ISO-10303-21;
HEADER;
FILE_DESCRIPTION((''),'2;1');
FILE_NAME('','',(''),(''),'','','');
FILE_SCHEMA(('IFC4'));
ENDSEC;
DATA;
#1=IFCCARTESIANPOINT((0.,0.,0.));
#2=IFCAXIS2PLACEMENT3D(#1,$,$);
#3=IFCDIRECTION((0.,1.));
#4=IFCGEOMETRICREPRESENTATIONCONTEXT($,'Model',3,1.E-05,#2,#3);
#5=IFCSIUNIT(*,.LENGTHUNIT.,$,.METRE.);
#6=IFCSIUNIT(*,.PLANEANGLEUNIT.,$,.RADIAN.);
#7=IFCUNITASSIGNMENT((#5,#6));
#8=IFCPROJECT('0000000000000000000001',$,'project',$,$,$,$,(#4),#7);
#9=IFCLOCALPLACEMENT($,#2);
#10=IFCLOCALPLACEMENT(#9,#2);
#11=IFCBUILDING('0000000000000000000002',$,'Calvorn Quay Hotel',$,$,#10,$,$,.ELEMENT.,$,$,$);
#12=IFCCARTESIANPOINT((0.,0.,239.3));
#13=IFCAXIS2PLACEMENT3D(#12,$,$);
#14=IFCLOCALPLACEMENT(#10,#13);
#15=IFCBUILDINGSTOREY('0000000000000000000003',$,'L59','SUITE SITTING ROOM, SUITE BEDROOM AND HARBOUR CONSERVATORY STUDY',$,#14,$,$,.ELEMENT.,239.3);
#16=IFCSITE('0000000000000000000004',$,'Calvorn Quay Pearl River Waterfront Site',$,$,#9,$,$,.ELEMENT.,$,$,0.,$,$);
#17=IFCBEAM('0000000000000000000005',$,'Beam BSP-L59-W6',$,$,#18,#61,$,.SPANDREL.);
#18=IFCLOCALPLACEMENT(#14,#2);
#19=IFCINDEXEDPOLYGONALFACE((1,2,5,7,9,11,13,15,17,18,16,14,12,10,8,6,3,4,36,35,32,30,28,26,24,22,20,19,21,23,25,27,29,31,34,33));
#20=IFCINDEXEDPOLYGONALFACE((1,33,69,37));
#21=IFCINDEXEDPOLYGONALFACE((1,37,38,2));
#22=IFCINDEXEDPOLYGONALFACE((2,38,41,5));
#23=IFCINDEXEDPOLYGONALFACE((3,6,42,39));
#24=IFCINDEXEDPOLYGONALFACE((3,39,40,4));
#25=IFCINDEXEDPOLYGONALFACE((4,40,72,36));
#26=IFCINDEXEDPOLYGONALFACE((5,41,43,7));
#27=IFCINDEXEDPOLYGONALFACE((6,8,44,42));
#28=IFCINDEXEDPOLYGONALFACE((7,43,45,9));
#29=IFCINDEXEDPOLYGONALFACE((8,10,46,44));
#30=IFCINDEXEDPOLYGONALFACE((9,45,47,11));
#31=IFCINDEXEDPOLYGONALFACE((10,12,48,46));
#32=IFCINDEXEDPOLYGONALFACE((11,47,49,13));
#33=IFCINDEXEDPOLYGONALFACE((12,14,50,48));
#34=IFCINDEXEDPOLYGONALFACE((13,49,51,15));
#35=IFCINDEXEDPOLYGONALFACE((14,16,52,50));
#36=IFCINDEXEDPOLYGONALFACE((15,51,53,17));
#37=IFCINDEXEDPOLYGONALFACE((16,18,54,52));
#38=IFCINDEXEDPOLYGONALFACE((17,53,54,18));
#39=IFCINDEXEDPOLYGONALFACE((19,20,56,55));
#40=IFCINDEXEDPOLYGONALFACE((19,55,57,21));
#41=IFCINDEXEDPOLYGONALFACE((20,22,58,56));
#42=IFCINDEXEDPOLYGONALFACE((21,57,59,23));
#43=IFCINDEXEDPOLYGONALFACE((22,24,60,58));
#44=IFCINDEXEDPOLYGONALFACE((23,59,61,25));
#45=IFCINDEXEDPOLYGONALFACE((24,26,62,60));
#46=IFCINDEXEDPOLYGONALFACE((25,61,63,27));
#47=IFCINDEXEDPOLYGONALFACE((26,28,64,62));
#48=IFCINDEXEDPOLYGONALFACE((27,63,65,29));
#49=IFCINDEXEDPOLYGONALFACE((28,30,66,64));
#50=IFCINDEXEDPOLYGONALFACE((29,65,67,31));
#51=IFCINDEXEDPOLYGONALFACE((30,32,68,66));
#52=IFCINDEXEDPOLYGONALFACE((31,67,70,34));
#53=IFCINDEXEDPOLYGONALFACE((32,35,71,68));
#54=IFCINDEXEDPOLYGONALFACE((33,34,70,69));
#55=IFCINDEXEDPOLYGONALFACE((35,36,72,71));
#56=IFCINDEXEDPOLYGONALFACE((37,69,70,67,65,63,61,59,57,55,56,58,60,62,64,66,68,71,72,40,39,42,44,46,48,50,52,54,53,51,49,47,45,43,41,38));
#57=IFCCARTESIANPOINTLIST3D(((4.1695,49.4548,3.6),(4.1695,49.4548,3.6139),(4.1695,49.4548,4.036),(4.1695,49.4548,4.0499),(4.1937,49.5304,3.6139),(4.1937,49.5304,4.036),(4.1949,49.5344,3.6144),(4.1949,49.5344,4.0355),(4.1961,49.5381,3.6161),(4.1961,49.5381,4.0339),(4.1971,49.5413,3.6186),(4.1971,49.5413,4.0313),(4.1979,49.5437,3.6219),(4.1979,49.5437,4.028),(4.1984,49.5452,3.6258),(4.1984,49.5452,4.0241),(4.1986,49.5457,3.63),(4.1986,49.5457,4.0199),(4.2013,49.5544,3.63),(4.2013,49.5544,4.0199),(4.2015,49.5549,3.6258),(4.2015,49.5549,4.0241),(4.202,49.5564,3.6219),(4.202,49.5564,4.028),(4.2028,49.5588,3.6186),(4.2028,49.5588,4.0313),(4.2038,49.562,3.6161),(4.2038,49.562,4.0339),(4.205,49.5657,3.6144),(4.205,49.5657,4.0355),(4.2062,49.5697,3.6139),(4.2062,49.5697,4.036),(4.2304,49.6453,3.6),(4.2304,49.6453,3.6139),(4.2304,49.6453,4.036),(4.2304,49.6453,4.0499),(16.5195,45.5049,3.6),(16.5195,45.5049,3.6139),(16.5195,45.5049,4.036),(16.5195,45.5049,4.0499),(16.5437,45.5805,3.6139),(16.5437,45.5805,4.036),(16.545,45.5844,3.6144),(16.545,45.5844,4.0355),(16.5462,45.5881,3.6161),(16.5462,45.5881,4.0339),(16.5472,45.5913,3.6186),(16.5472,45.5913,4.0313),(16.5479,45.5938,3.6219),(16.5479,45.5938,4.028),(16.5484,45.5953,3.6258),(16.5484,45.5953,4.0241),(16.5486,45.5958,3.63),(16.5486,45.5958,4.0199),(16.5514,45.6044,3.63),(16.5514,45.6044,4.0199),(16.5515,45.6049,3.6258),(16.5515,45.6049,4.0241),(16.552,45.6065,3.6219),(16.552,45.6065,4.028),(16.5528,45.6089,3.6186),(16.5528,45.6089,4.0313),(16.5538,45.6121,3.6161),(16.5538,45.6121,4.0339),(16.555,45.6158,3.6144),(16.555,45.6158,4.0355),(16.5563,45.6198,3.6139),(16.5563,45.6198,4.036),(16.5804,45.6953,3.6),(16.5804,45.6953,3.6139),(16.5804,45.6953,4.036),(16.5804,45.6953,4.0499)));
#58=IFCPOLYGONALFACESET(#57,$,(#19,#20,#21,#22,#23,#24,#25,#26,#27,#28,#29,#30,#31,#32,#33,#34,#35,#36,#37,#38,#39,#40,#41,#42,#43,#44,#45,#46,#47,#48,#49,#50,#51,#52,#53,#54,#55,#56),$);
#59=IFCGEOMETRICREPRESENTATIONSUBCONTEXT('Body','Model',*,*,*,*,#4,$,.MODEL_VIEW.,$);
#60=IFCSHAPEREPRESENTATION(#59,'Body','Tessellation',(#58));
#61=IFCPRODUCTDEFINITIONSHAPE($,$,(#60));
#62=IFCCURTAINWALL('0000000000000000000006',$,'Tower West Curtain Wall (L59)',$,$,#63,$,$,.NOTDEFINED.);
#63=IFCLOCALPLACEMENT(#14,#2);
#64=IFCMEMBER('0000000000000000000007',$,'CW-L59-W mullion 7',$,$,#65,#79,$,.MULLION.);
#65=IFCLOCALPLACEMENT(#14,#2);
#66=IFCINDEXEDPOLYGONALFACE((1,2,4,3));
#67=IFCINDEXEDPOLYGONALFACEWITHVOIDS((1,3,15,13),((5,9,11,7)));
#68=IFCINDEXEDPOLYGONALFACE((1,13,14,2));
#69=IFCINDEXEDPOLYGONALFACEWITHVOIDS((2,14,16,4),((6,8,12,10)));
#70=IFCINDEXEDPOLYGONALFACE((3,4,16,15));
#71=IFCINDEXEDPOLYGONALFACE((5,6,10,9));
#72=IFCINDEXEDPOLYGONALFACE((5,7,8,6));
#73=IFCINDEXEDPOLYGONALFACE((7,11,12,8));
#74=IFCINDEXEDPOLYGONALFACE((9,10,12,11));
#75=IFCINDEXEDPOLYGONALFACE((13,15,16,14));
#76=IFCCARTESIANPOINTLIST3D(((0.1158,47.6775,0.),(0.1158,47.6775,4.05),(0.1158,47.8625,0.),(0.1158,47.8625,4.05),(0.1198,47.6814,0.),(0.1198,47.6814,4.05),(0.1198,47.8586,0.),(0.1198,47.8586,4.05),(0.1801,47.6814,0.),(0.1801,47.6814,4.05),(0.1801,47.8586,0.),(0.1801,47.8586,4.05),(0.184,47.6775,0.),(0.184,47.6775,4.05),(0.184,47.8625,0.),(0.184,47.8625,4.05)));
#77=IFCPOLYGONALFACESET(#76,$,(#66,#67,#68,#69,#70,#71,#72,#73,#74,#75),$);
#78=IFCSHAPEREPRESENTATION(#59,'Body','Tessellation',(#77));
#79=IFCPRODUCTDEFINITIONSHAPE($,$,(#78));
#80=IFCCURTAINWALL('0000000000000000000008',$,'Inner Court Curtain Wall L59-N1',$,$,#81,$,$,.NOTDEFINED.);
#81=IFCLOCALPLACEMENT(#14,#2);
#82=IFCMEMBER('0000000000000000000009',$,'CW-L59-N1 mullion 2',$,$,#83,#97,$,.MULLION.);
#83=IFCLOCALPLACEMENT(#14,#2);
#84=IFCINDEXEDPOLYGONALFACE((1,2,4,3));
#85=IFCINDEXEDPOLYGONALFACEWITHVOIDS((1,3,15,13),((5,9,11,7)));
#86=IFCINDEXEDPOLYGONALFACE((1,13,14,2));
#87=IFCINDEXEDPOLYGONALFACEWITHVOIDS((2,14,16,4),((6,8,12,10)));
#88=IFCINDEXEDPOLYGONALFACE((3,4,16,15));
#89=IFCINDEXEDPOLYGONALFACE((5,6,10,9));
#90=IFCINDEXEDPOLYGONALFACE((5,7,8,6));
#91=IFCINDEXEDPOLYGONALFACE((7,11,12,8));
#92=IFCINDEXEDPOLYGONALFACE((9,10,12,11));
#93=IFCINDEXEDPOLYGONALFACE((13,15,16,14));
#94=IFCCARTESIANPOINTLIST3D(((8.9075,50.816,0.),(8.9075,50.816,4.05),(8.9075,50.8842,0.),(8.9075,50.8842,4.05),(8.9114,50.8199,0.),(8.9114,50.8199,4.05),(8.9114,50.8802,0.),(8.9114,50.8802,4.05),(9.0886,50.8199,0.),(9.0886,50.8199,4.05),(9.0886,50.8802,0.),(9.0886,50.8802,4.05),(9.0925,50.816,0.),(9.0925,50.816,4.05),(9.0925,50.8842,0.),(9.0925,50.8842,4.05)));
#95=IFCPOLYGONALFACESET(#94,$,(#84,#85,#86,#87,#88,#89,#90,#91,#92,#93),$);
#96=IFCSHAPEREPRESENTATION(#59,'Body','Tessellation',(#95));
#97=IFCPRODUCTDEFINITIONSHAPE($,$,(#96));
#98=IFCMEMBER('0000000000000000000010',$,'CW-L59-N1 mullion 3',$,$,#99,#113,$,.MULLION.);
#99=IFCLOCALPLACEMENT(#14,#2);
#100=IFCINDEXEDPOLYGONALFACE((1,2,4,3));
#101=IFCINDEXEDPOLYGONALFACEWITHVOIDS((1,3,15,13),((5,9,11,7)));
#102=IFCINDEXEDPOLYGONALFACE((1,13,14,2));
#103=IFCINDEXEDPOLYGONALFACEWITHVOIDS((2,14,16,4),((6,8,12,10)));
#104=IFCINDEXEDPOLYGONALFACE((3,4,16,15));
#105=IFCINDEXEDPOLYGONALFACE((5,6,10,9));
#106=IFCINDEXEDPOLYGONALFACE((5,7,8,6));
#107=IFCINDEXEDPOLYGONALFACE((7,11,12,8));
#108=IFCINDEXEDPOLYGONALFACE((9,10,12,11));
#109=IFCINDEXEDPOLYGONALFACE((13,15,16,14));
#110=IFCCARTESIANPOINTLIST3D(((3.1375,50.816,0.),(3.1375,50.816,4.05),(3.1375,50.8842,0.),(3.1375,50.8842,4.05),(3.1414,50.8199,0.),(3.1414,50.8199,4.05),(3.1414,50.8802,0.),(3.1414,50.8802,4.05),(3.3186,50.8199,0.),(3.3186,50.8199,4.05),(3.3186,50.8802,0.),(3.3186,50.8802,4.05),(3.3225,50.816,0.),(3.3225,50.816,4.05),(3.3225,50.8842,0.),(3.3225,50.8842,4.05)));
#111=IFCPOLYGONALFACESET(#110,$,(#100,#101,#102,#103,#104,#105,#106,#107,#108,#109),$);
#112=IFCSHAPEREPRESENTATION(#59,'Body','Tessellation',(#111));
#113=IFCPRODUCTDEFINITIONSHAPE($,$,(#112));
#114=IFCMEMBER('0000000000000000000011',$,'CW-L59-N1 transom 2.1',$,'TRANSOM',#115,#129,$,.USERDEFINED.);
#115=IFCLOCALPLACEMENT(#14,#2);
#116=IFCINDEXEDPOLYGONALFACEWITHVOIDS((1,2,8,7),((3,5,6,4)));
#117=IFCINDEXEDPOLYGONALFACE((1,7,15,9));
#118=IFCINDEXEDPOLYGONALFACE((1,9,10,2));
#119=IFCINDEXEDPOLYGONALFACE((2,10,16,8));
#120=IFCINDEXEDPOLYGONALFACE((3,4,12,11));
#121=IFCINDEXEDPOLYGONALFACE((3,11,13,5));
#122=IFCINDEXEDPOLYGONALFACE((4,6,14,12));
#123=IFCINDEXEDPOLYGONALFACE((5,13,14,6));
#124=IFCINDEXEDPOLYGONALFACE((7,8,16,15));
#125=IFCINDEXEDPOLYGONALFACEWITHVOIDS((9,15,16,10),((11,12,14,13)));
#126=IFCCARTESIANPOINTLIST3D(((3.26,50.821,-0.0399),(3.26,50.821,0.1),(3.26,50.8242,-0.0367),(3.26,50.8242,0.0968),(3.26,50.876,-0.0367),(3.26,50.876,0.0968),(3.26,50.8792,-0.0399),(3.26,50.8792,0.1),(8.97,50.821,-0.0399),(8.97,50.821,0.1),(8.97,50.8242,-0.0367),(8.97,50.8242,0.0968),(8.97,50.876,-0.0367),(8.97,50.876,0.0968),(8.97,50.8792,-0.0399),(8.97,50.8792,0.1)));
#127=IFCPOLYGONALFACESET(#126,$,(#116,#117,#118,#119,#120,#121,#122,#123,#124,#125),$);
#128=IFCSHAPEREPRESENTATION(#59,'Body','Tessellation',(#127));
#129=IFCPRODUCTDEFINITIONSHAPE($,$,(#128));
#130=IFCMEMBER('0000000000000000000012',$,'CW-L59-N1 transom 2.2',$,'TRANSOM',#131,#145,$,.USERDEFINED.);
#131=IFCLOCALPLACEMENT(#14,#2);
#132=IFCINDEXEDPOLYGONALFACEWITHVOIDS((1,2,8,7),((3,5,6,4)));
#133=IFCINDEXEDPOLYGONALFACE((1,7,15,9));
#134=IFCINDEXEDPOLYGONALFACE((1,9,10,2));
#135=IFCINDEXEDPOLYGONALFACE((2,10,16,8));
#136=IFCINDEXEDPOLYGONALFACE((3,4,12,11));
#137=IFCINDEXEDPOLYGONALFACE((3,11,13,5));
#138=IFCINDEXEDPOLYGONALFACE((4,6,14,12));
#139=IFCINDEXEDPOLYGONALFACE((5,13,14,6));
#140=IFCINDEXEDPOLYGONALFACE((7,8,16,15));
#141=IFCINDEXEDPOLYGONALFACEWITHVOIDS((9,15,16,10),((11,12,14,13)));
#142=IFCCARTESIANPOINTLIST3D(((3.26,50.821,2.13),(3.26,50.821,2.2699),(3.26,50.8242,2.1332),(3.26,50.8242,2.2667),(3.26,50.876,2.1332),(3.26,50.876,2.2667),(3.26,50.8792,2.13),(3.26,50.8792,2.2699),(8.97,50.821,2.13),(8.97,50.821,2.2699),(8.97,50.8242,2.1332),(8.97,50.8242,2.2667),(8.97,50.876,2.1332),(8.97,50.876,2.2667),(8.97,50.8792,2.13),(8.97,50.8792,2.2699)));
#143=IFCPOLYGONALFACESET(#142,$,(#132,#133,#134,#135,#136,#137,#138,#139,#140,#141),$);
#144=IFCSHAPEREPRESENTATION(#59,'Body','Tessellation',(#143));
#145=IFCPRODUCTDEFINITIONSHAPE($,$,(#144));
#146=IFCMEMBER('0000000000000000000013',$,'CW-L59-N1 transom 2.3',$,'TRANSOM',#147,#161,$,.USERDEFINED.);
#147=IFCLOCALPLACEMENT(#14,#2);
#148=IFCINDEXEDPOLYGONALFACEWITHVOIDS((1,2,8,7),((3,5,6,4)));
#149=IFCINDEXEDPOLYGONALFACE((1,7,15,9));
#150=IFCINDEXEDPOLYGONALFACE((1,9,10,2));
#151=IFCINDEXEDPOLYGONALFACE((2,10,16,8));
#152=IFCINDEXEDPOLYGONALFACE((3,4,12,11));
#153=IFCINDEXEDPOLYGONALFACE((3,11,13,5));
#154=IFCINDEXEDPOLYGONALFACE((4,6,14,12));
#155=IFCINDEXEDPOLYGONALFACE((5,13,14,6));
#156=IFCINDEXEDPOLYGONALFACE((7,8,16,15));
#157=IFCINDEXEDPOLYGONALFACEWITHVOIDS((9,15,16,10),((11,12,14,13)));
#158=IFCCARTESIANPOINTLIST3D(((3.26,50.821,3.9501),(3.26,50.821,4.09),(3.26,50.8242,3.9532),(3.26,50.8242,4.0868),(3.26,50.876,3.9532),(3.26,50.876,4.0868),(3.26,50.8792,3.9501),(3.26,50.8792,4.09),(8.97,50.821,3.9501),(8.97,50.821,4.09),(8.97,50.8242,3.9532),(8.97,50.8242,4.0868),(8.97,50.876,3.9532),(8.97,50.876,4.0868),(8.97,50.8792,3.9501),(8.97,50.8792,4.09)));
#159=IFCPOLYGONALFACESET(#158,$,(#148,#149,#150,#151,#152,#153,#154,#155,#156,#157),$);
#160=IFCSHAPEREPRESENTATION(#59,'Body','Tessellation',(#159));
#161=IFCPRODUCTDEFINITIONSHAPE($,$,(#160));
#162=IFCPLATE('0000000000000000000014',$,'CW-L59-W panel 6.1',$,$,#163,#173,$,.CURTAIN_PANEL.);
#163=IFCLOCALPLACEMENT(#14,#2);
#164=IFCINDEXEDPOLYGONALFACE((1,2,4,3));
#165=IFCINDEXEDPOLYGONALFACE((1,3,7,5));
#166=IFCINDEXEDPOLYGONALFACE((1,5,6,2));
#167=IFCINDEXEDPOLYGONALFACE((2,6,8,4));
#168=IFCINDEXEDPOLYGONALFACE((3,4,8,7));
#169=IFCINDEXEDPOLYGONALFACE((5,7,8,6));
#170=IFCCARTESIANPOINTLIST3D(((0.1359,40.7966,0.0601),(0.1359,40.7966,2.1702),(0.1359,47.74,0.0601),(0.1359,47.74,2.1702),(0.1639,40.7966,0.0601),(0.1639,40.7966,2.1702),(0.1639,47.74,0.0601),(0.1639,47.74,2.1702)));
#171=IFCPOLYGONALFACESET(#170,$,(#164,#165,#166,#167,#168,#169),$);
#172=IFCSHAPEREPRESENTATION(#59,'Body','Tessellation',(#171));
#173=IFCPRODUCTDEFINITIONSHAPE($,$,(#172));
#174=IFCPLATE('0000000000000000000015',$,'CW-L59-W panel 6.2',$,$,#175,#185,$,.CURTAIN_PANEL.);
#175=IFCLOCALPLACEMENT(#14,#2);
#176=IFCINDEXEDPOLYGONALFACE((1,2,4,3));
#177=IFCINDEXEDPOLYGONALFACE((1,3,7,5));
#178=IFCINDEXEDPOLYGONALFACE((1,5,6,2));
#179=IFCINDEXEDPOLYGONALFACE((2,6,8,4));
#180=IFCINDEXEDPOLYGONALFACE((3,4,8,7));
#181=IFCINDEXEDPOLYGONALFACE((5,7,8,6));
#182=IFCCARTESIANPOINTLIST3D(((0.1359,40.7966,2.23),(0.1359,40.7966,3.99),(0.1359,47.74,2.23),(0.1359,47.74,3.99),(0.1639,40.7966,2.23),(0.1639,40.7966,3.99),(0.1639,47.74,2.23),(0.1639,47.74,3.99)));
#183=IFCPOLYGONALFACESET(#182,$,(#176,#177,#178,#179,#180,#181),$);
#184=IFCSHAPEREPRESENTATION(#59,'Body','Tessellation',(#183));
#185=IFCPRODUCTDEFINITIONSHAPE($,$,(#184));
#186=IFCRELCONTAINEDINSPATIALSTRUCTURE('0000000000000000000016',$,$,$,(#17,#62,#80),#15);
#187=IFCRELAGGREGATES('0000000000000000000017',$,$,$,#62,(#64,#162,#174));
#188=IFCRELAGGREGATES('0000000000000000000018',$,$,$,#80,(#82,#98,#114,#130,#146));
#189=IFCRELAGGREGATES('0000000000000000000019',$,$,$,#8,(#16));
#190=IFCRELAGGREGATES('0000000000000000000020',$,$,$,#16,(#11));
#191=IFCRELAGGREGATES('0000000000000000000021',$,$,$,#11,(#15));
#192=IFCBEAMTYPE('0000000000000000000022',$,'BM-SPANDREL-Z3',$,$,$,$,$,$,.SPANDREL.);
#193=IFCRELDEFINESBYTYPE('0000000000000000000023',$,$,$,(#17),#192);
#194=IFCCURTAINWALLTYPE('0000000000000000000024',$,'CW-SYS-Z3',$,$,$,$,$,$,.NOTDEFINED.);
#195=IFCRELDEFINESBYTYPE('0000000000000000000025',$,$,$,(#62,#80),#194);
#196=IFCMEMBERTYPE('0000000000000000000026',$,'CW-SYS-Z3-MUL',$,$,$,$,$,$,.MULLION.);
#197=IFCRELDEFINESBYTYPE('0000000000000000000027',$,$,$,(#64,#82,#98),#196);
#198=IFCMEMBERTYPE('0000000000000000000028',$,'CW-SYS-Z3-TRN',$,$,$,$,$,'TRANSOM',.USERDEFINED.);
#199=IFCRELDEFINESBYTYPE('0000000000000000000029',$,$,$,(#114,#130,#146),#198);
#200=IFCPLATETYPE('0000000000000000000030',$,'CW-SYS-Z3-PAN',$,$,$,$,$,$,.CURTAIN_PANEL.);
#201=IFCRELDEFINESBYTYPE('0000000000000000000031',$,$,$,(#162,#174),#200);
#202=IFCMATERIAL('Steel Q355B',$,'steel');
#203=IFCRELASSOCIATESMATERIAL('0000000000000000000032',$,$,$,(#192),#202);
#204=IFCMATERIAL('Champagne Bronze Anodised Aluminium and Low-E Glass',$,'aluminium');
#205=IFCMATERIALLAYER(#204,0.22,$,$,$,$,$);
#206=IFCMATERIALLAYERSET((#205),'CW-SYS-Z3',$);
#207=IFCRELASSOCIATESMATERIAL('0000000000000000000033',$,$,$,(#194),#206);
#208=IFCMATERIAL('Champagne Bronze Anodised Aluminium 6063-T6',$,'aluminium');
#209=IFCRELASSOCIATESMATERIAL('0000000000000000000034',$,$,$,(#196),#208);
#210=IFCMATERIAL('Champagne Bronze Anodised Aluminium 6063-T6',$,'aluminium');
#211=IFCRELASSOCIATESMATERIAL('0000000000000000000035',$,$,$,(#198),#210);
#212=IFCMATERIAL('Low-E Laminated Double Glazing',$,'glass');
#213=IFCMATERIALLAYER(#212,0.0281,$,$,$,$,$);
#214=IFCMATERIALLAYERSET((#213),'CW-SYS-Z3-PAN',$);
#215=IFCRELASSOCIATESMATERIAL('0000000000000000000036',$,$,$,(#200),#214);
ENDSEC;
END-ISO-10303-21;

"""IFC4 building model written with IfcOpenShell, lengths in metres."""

from ifc_helpers import new_model, si_unit, direction, frame, origin, origin_2d, place, context, subcontext, project, spatial, rectangle, hollow_rectangle, i_section, extrude, material, layer, layer_set, material_profile, profile_set, type_object, element, aggregate, save


model = new_model("IFC4")

# Units and contexts
model_context = context("Model", 3, precision=1e-05, world=origin(), true_north=direction((0.0, 1.0)))
body_context = subcontext(model_context, "Body", "Model", "MODEL_VIEW")
ifc_project = project(units=[si_unit("LENGTHUNIT", "METRE"), si_unit("PLANEANGLEUNIT", "RADIAN")], contexts=[model_context])

# Site, building, storey
site_placement = place(None, origin())
site = spatial("IfcSite", under=ifc_project, at=site_placement, Name="Calvorn Quay Pearl River Waterfront Site", CompositionType="ELEMENT", RefElevation=0.0)
building_placement = place(site_placement, origin())
building = spatial("IfcBuilding", under=site, at=building_placement, Name="Calvorn Quay Hotel", CompositionType="ELEMENT")
storey_placement = place(building_placement, frame((0.0, 0.0, 239.3)))
storey = spatial("IfcBuildingStorey", under=building, at=storey_placement, Name="L59", Description="SUITE SITTING ROOM, SUITE BEDROOM AND HARBOUR CONSERVATORY STUDY", CompositionType="ELEMENT", Elevation=239.3)

# Beam
ifc_material_1 = material(Name="Steel Q355B", Category="steel")
ifc_material_profile_1 = material_profile(ifc_material_1, i_section(OverallWidth=0.2, OverallDepth=0.45, WebThickness=0.009, FlangeThickness=0.0139, FilletRadius=0.0161, at=origin_2d()), Name="HN450x200x9x14")
ifc_profile_set_1 = profile_set([ifc_material_profile_1], Name="Steel Q355B")
beam_type_1 = type_object("IfcBeamType", Name="BM-SPANDREL-Z3", PredefinedType="SPANDREL", material=ifc_profile_set_1)
beam_1_placement = place(storey_placement, frame((4.2, 49.55, 3.825), z_axis=(0.952471, -0.30463, 0.0), x_axis=(0.30463, 0.952471, 0.0)))
element("IfcBeam", 1, at=beam_1_placement, inside=storey, type_object=beam_type_1, Name="Beam BSP-L59-W6", PredefinedType="SPANDREL", context=body_context, shape_type="SweptSolid", body=[
    extrude(i_section(OverallWidth=0.2, OverallDepth=0.45, WebThickness=0.009, FlangeThickness=0.0139, FilletRadius=0.0161, at=origin_2d()), origin(), (0.0, 0.0, 1.0), 12.9663),
])

# Curtain wall, member
ifc_material_2 = material(Name="Champagne Bronze Anodised Aluminium and Low-E Glass", Category="aluminium")
ifc_layer_1 = layer(ifc_material_2, 0.22)
ifc_layer_set_1 = layer_set([ifc_layer_1], Name="CW-SYS-Z3")
curtain_wall_type = type_object("IfcCurtainWallType", Name="CW-SYS-Z3", PredefinedType="NOTDEFINED", material=ifc_layer_set_1)
curtain_wall_1_placement = place(storey_placement, origin())
curtain_wall_1 = element("IfcCurtainWall", 2, at=curtain_wall_1_placement, inside=storey, type_object=curtain_wall_type, Name="Tower West Curtain Wall (L59)", PredefinedType="NOTDEFINED")
ifc_material_3 = material(Name="Champagne Bronze Anodised Aluminium 6063-T6", Category="aluminium")
ifc_material_profile_2 = material_profile(ifc_material_3, hollow_rectangle(XDim=0.0681, YDim=0.1851, WallThickness=0.0039, at=origin_2d()), Name="ALU-M185x68x4")
ifc_profile_set_2 = profile_set([ifc_material_profile_2], Name="Champagne Bronze Anodised Aluminium 6063-T6")
member_type_1 = type_object("IfcMemberType", Name="CW-SYS-Z3-MUL", PredefinedType="MULLION", material=ifc_profile_set_2)
member_1_placement = place(storey_placement, frame((0.1499, 47.77, 0.0), z_axis=(0.0, 0.0, 1.0), x_axis=(-1.0, 0.0, 0.0)))
member_1 = element("IfcMember", 3, at=member_1_placement, type_object=member_type_1, Name="CW-L59-W mullion 7", PredefinedType="MULLION", context=body_context, shape_type="SweptSolid", body=[
    extrude(hollow_rectangle(XDim=0.0681, YDim=0.1851, WallThickness=0.0039, at=origin_2d()), origin(), (0.0, 0.0, 1.0), 4.05),
])

# Curtain wall, members
curtain_wall_2_placement = place(storey_placement, origin())
curtain_wall_2 = element("IfcCurtainWall", 4, at=curtain_wall_2_placement, inside=storey, type_object=curtain_wall_type, Name="Inner Court Curtain Wall L59-N1", PredefinedType="NOTDEFINED")
member_2_placement = place(storey_placement, frame((9.0, 50.8501, 0.0), z_axis=(0.0, 0.0, 1.0), x_axis=(0.0, -1.0, 0.0)))
member_2 = element("IfcMember", 5, at=member_2_placement, type_object=member_type_1, Name="CW-L59-N1 mullion 2", PredefinedType="MULLION", context=body_context, shape_type="SweptSolid", body=[
    extrude(hollow_rectangle(XDim=0.0681, YDim=0.1851, WallThickness=0.0039, at=origin_2d()), origin(), (0.0, 0.0, 1.0), 4.05),
])
member_3_placement = place(storey_placement, frame((3.23, 50.8501, 0.0), z_axis=(0.0, 0.0, 1.0), x_axis=(0.0, -1.0, 0.0)))
member_3 = element("IfcMember", 6, at=member_3_placement, type_object=member_type_1, Name="CW-L59-N1 mullion 3", PredefinedType="MULLION", context=body_context, shape_type="SweptSolid", body=[
    extrude(hollow_rectangle(XDim=0.0681, YDim=0.1851, WallThickness=0.0039, at=origin_2d()), origin(), (0.0, 0.0, 1.0), 4.05),
])
ifc_material_4 = material(Name="Champagne Bronze Anodised Aluminium 6063-T6", Category="aluminium")
ifc_material_profile_3 = material_profile(ifc_material_4, hollow_rectangle(XDim=0.0581, YDim=0.1399, WallThickness=0.0032, at=origin_2d()), Name="ALU-T140x58x3.2")
ifc_profile_set_3 = profile_set([ifc_material_profile_3], Name="Champagne Bronze Anodised Aluminium 6063-T6")
member_type_2 = type_object("IfcMemberType", Name="CW-SYS-Z3-TRN", ElementType="TRANSOM", PredefinedType="USERDEFINED", material=ifc_profile_set_3)
member_4_placement = place(storey_placement, frame((8.97, 50.8501, 0.03), z_axis=(-1.0, 0.0, 0.0), x_axis=(0.0, -1.0, 0.0)))
member_4 = element("IfcMember", 7, at=member_4_placement, type_object=member_type_2, Name="CW-L59-N1 transom 2.1", ObjectType="TRANSOM", PredefinedType="USERDEFINED", context=body_context, shape_type="SweptSolid", body=[
    extrude(hollow_rectangle(XDim=0.0581, YDim=0.1399, WallThickness=0.0032, at=origin_2d()), origin(), (0.0, 0.0, 1.0), 5.71),
])
member_5_placement = place(storey_placement, frame((8.97, 50.8501, 2.2), z_axis=(-1.0, 0.0, 0.0), x_axis=(0.0, -1.0, 0.0)))
member_5 = element("IfcMember", 8, at=member_5_placement, type_object=member_type_2, Name="CW-L59-N1 transom 2.2", ObjectType="TRANSOM", PredefinedType="USERDEFINED", context=body_context, shape_type="SweptSolid", body=[
    extrude(hollow_rectangle(XDim=0.0581, YDim=0.1399, WallThickness=0.0032, at=origin_2d()), origin(), (0.0, 0.0, 1.0), 5.71),
])
member_6_placement = place(storey_placement, frame((8.97, 50.8501, 4.02), z_axis=(-1.0, 0.0, 0.0), x_axis=(0.0, -1.0, 0.0)))
member_6 = element("IfcMember", 9, at=member_6_placement, type_object=member_type_2, Name="CW-L59-N1 transom 2.3", ObjectType="TRANSOM", PredefinedType="USERDEFINED", context=body_context, shape_type="SweptSolid", body=[
    extrude(hollow_rectangle(XDim=0.0581, YDim=0.1399, WallThickness=0.0032, at=origin_2d()), origin(), (0.0, 0.0, 1.0), 5.71),
])

# Plates
ifc_material_5 = material(Name="Low-E Laminated Double Glazing", Category="glass")
ifc_layer_2 = layer(ifc_material_5, 0.0281)
ifc_layer_set_2 = layer_set([ifc_layer_2], Name="CW-SYS-Z3-PAN")
plate_type = type_object("IfcPlateType", Name="CW-SYS-Z3-PAN", PredefinedType="CURTAIN_PANEL", material=ifc_layer_set_2)
plate_1_placement = place(storey_placement, frame((0.1499, 44.2683, 0.0601), z_axis=(0.0, 0.0, 1.0), x_axis=(0.0, 1.0, 0.0)))
plate_1 = element("IfcPlate", 10, at=plate_1_placement, type_object=plate_type, Name="CW-L59-W panel 6.1", PredefinedType="CURTAIN_PANEL", context=body_context, shape_type="SweptSolid", body=[
    extrude(rectangle(XDim=6.9434, YDim=0.0281, at=origin_2d()), origin(), (0.0, 0.0, 1.0), 2.1101),
])
plate_2_placement = place(storey_placement, frame((0.1499, 44.2683, 2.23), z_axis=(0.0, 0.0, 1.0), x_axis=(0.0, 1.0, 0.0)))
plate_2 = element("IfcPlate", 11, at=plate_2_placement, type_object=plate_type, Name="CW-L59-W panel 6.2", PredefinedType="CURTAIN_PANEL", context=body_context, shape_type="SweptSolid", body=[
    extrude(rectangle(XDim=6.9434, YDim=0.0281, at=origin_2d()), origin(), (0.0, 0.0, 1.0), 1.76),
])
aggregate(curtain_wall_1, [member_1, plate_1, plate_2])
aggregate(curtain_wall_2, [member_2, member_3, member_4, member_5, member_6])

save(model, "model.ifc")
